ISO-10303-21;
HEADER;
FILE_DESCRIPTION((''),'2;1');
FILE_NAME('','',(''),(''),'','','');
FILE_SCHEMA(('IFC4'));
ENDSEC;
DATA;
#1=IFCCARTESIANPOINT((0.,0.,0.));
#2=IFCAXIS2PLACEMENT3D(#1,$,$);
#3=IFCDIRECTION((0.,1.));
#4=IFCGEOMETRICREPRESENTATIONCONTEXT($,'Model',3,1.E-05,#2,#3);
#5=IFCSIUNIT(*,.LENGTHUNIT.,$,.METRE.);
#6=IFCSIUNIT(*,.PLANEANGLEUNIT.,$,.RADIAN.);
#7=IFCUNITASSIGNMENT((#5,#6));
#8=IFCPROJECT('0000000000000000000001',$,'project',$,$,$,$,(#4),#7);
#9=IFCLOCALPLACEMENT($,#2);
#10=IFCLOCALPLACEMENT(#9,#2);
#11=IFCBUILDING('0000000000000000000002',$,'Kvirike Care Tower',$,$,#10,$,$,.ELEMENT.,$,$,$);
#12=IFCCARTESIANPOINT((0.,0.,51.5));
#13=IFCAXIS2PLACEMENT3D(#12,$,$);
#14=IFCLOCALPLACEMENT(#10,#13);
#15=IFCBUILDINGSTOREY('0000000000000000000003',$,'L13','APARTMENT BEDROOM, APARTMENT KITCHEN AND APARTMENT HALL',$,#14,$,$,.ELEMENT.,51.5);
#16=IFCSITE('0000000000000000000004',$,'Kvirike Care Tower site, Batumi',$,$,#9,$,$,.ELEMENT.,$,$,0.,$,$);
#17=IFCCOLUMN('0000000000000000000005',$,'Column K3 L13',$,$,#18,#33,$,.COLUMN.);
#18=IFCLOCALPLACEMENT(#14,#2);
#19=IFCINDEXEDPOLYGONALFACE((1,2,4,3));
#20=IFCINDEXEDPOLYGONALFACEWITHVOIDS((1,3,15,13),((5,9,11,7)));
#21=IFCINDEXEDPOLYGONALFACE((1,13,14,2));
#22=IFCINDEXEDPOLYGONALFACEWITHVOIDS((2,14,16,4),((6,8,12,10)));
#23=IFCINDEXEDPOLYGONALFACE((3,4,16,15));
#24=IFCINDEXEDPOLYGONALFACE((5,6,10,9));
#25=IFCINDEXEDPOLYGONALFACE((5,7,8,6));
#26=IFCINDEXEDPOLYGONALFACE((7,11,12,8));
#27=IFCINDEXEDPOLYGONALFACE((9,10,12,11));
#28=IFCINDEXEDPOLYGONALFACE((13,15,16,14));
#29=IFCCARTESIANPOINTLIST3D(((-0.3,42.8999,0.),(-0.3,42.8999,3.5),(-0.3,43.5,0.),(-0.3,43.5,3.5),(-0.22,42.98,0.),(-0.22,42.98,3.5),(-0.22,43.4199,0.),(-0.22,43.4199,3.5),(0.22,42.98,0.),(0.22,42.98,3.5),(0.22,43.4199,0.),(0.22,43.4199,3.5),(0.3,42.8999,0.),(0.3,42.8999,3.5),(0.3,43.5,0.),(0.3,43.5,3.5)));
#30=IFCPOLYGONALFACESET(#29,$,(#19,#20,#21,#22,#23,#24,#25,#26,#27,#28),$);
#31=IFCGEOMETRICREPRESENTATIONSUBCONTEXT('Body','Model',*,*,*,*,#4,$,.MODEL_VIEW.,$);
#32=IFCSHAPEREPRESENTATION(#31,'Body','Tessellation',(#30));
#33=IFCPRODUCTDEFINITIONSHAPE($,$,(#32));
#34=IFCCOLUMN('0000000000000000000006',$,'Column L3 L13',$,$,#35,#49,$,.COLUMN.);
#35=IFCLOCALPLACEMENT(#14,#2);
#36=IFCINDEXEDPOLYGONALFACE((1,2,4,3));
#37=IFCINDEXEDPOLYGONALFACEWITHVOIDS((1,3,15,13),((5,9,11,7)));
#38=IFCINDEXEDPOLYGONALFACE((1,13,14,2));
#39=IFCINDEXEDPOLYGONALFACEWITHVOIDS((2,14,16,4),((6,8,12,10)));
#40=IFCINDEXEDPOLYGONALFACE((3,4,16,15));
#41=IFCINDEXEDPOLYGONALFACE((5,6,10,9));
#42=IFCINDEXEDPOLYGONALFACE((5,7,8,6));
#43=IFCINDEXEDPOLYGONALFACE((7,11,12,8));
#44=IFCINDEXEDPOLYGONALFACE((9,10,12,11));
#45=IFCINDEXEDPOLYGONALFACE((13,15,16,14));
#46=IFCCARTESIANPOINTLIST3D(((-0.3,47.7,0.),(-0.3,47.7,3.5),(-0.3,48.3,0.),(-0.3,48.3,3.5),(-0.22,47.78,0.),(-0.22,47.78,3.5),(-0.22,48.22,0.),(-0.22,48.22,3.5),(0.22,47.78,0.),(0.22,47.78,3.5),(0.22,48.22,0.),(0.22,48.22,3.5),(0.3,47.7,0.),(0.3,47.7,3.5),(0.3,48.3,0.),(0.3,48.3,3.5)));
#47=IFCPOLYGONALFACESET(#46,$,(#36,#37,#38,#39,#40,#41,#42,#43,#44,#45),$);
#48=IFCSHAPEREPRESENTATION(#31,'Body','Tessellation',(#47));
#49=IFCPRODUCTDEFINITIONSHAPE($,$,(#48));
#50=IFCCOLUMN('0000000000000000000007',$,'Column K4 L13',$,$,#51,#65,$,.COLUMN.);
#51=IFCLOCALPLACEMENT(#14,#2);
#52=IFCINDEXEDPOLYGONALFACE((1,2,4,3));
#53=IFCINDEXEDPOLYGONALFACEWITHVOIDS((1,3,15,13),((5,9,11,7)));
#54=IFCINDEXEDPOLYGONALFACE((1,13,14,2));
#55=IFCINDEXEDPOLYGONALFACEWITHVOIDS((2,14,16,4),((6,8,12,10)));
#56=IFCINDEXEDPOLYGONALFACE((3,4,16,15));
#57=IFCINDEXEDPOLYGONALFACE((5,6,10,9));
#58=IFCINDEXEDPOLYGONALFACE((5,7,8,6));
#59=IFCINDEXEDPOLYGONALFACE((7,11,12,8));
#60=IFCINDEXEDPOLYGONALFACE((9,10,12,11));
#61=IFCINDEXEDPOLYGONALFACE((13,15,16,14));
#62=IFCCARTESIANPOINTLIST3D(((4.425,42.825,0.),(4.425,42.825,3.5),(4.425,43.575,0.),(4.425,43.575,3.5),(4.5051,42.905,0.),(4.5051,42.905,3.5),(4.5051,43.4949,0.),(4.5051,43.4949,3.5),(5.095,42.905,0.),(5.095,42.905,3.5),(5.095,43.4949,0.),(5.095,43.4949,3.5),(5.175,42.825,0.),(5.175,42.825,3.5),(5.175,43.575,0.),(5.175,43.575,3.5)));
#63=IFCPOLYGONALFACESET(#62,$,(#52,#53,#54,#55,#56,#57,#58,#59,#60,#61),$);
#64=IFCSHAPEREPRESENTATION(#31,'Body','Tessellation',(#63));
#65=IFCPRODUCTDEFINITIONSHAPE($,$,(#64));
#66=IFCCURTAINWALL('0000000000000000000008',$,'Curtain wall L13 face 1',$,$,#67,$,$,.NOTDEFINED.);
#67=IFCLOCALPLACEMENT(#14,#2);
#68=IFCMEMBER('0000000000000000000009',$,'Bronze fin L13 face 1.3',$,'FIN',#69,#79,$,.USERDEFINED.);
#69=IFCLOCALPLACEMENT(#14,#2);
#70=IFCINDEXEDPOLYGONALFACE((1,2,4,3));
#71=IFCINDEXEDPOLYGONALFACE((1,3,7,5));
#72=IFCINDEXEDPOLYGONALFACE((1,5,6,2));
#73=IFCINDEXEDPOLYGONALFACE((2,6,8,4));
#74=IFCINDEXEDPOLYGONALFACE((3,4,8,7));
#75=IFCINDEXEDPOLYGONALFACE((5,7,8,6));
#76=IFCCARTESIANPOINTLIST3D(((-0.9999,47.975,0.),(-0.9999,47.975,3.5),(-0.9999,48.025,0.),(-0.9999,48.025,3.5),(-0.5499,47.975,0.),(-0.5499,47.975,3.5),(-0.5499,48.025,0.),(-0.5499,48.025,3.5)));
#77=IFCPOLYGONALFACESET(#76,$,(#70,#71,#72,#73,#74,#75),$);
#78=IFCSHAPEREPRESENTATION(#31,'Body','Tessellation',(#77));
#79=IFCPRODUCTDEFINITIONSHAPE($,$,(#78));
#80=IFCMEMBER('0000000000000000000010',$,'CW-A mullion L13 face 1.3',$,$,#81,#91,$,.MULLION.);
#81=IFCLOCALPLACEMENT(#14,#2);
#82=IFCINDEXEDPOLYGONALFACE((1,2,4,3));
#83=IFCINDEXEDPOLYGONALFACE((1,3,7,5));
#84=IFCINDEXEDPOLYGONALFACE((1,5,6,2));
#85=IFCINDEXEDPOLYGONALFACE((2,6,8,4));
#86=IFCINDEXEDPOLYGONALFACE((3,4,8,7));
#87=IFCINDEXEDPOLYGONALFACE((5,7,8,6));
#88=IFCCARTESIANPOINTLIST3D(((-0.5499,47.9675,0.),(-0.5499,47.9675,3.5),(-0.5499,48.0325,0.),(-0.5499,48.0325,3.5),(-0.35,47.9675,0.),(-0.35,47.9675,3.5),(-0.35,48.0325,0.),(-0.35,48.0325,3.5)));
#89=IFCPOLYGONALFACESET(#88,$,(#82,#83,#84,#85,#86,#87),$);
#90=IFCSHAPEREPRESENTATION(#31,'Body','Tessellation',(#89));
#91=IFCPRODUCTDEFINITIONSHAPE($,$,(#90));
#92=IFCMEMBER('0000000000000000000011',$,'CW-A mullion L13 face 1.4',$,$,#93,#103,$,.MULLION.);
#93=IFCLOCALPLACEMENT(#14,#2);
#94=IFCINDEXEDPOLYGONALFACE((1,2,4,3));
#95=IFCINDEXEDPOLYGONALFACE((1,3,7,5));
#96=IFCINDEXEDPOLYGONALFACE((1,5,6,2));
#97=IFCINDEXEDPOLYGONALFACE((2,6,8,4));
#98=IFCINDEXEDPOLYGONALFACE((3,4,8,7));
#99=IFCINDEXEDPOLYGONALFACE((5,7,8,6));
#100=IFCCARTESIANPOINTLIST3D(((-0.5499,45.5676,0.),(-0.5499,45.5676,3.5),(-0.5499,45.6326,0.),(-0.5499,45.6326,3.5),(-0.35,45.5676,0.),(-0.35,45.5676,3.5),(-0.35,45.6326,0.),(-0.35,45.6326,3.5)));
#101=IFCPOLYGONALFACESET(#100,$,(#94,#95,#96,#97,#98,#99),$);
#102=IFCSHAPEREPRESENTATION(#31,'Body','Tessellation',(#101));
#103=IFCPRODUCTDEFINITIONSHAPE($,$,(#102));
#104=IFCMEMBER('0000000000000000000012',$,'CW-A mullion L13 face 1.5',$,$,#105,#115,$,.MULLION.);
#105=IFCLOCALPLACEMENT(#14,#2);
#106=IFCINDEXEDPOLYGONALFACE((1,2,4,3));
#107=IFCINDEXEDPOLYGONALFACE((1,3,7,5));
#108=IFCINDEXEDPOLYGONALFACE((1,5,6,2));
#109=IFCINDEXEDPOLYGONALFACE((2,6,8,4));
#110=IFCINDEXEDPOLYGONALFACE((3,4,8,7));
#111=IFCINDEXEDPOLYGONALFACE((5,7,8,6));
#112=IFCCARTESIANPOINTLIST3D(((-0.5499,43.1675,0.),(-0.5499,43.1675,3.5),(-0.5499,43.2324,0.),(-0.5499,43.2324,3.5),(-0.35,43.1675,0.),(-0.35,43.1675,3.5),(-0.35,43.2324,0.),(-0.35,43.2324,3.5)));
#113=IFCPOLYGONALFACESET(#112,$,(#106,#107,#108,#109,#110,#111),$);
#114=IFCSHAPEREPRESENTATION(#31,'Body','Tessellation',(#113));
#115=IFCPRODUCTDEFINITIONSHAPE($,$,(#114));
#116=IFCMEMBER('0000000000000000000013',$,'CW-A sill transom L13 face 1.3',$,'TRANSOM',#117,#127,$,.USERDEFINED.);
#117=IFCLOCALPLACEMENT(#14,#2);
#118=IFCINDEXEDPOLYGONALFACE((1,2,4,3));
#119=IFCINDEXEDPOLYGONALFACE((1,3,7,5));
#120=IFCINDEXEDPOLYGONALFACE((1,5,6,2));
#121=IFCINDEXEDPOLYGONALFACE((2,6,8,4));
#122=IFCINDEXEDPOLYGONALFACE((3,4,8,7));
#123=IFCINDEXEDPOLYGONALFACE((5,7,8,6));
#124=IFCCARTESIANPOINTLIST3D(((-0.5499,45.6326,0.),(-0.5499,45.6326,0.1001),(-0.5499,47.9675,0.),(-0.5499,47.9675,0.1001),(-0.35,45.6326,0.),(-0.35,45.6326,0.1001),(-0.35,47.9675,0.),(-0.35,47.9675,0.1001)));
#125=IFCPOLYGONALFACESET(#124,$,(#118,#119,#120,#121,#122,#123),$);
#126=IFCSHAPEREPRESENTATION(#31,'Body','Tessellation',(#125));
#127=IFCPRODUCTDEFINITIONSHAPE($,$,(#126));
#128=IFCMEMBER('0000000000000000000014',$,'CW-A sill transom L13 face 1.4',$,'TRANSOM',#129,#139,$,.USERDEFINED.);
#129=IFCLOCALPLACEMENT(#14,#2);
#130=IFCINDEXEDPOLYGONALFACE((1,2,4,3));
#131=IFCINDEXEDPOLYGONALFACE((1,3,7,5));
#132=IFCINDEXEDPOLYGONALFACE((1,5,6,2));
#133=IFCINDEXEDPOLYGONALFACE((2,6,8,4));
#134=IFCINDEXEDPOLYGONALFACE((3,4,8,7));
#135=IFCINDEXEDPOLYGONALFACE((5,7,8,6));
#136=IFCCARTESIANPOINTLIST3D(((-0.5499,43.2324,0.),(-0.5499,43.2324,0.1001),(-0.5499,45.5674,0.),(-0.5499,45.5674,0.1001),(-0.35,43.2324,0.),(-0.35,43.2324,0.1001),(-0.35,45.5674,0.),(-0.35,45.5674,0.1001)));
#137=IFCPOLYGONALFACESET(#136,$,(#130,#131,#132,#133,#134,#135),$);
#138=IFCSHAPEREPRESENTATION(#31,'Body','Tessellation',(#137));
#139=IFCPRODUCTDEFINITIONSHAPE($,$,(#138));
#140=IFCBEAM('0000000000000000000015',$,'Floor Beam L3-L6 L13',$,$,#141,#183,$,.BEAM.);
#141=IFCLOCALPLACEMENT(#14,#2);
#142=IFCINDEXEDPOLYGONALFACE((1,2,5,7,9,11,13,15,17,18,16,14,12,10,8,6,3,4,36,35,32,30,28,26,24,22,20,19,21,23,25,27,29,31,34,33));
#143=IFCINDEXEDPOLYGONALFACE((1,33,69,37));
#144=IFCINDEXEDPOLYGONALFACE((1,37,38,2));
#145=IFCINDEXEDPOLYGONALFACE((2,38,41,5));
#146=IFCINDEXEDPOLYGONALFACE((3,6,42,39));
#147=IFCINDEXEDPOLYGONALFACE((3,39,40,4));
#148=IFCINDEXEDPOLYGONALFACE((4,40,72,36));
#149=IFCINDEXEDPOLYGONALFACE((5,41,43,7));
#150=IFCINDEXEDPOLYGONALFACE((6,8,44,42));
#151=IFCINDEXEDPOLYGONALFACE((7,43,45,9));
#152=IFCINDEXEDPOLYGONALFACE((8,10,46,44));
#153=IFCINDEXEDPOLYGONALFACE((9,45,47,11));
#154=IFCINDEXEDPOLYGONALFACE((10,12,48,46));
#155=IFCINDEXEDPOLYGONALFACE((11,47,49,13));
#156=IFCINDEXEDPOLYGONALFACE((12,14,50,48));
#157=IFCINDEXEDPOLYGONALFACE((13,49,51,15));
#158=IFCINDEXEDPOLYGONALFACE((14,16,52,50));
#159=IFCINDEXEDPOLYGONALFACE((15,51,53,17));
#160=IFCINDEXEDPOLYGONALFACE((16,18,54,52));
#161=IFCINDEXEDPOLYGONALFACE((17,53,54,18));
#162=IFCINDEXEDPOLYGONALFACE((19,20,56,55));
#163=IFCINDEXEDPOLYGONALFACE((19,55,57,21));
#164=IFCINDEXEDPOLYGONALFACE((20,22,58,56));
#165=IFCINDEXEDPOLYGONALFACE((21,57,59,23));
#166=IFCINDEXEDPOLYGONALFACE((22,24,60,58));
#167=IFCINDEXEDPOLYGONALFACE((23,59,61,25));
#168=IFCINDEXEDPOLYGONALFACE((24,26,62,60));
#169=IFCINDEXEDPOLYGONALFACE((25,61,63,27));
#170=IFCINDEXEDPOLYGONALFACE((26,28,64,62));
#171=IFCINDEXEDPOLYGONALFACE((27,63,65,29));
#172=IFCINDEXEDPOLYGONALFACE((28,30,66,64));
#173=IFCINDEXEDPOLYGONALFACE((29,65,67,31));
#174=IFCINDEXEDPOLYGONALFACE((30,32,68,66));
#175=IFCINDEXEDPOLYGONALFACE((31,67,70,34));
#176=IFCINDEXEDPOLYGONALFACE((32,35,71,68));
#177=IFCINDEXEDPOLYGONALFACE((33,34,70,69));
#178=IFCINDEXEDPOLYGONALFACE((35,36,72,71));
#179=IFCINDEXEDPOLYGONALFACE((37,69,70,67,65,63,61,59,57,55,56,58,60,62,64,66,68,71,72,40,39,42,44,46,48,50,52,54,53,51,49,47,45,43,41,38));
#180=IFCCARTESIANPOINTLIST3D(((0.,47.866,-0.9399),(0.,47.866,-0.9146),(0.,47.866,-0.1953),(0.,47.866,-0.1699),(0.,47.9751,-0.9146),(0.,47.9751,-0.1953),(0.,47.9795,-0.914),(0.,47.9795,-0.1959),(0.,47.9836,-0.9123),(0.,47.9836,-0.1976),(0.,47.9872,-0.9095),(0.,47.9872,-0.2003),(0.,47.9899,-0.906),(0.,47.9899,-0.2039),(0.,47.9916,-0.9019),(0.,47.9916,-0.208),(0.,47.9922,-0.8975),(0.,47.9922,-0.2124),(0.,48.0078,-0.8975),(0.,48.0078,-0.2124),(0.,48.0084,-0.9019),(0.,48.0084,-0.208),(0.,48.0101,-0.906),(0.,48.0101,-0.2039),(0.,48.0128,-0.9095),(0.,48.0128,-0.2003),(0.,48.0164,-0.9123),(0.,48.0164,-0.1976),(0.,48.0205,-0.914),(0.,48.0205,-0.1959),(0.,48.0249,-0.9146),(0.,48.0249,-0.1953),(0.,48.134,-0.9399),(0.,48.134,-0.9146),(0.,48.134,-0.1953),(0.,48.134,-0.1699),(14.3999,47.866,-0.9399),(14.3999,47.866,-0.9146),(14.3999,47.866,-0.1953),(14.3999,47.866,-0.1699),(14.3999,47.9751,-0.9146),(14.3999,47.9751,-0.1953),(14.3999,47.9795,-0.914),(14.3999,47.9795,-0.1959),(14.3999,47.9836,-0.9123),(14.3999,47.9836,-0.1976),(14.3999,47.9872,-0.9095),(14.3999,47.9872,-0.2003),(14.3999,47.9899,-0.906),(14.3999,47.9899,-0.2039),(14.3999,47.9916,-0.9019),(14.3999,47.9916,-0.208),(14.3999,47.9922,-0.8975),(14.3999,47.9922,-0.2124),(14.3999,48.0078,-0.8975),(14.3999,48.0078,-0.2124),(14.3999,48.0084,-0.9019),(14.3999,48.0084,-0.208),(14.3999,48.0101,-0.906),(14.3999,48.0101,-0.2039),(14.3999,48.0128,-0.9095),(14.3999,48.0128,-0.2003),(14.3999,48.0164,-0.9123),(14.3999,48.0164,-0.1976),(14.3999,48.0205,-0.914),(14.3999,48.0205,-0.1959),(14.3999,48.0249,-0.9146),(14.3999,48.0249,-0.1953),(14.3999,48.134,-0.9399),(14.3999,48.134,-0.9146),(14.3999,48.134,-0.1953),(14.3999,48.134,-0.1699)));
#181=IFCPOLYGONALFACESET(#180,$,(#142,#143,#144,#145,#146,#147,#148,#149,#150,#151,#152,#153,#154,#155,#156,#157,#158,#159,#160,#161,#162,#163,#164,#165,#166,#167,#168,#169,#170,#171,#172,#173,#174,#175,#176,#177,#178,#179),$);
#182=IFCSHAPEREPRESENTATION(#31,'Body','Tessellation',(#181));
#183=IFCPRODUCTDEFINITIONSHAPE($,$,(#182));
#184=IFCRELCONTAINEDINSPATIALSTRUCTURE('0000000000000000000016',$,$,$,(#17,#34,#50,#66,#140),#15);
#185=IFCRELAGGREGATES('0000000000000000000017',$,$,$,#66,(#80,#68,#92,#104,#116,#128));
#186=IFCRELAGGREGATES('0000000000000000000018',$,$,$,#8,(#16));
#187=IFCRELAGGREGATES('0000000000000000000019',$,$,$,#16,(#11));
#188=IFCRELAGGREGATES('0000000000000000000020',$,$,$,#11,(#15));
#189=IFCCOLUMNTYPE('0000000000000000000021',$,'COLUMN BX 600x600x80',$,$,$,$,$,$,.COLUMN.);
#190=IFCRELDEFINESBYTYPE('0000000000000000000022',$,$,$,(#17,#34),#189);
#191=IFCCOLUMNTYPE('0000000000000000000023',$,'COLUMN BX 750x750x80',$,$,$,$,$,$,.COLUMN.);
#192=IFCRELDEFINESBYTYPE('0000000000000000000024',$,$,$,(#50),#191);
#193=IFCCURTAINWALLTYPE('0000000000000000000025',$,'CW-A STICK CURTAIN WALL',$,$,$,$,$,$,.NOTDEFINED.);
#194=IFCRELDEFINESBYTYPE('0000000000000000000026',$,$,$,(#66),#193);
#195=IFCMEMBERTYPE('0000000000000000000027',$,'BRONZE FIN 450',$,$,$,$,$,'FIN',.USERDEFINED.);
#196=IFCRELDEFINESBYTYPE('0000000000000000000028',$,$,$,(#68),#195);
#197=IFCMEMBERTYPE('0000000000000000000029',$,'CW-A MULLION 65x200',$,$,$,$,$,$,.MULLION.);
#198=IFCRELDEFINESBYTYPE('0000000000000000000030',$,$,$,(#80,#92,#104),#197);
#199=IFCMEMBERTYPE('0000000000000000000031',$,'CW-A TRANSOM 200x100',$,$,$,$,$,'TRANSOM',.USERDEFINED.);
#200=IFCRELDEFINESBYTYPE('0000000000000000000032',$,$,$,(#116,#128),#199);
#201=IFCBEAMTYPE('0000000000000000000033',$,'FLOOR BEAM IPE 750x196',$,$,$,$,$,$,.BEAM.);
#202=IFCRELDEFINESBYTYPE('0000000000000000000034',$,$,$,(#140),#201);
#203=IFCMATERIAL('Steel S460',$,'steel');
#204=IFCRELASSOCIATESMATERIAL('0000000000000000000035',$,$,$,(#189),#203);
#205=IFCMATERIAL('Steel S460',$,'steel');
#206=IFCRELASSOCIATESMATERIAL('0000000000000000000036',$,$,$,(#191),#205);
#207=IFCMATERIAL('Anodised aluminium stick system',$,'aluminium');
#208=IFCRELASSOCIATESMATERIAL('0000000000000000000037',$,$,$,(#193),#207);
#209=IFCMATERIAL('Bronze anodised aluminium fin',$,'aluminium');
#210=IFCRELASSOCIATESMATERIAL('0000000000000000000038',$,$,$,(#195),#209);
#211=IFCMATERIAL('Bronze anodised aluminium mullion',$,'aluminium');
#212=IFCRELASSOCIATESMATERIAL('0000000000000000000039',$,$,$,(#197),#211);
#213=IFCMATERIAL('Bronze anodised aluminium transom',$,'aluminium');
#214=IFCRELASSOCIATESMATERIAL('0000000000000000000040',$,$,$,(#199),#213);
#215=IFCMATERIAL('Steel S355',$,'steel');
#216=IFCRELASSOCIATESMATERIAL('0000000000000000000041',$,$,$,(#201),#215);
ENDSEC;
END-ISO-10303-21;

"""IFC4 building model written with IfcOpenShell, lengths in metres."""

from ifc_helpers import new_model, si_unit, direction, frame, origin, origin_2d, place, context, subcontext, project, spatial, rectangle, hollow_rectangle, i_section, extrude, material, material_profile, profile_set, type_object, element, aggregate, save


model = new_model("IFC4")

# Units and contexts
model_context = context("Model", 3, precision=1e-05, world=origin(), true_north=direction((0.0, 1.0)))
body_context = subcontext(model_context, "Body", "Model", "MODEL_VIEW")
ifc_project = project(units=[si_unit("LENGTHUNIT", "METRE"), si_unit("PLANEANGLEUNIT", "RADIAN")], contexts=[model_context])

# Site, building, storey
site_placement = place(None, origin())
site = spatial("IfcSite", under=ifc_project, at=site_placement, Name="Kvirike Care Tower site, Batumi", CompositionType="ELEMENT", RefElevation=0.0)
building_placement = place(site_placement, origin())
building = spatial("IfcBuilding", under=site, at=building_placement, Name="Kvirike Care Tower", CompositionType="ELEMENT")
storey_placement = place(building_placement, frame((0.0, 0.0, 51.5)))
storey = spatial("IfcBuildingStorey", under=building, at=storey_placement, Name="L13", Description="APARTMENT BEDROOM, APARTMENT KITCHEN AND APARTMENT HALL", CompositionType="ELEMENT", Elevation=51.5)

# Columns
ifc_material_1 = material(Name="Steel S460", Category="steel")
ifc_material_profile_1 = material_profile(ifc_material_1, hollow_rectangle(XDim=0.6001, YDim=0.6001, WallThickness=0.0801, at=origin_2d()), Name="BX 600x600x80")
ifc_profile_set_1 = profile_set([ifc_material_profile_1], Name="Steel S460")
column_type_1 = type_object("IfcColumnType", Name="COLUMN BX 600x600x80", PredefinedType="COLUMN", material=ifc_profile_set_1)
for number, where, z_axis, x_axis, name in (
    (1, (0.0, 43.2, 0.0), (0.0, 0.0, 1.0), (0.0, 1.0, 0.0), "Column K3 L13"),
    (2, (0.0, 48.0, 0.0), (0.0, 0.0, 1.0), (1.0, 0.0, 0.0), "Column L3 L13"),
):
    element("IfcColumn", number, at=place(storey_placement, frame(where, z_axis=z_axis, x_axis=x_axis)), inside=storey, type_object=column_type_1, Name=name, PredefinedType="COLUMN", context=body_context, shape_type="SweptSolid", body=[
        extrude(hollow_rectangle(XDim=0.6001, YDim=0.6001, WallThickness=0.0801, at=origin_2d()), origin(), (0.0, 0.0, 1.0), 3.5),
    ])
ifc_material_2 = material(Name="Steel S460", Category="steel")
ifc_material_profile_2 = material_profile(ifc_material_2, hollow_rectangle(XDim=0.75, YDim=0.75, WallThickness=0.0801, at=origin_2d()), Name="BX 750x750x80")
ifc_profile_set_2 = profile_set([ifc_material_profile_2], Name="Steel S460")
column_type_2 = type_object("IfcColumnType", Name="COLUMN BX 750x750x80", PredefinedType="COLUMN", material=ifc_profile_set_2)
column_placement = place(storey_placement, frame((4.8, 43.2, 0.0), z_axis=(0.0, 0.0, 1.0), x_axis=(0.0, 1.0, 0.0)))
element("IfcColumn", 3, at=column_placement, inside=storey, type_object=column_type_2, Name="Column K4 L13", PredefinedType="COLUMN", context=body_context, shape_type="SweptSolid", body=[
    extrude(hollow_rectangle(XDim=0.75, YDim=0.75, WallThickness=0.0801, at=origin_2d()), origin(), (0.0, 0.0, 1.0), 3.5),
])

# Curtain wall, members
ifc_material_3 = material(Name="Anodised aluminium stick system", Category="aluminium")
curtain_wall_type = type_object("IfcCurtainWallType", Name="CW-A STICK CURTAIN WALL", PredefinedType="NOTDEFINED", material=ifc_material_3)
curtain_wall_placement = place(storey_placement, origin())
curtain_wall = element("IfcCurtainWall", 4, at=curtain_wall_placement, inside=storey, type_object=curtain_wall_type, Name="Curtain wall L13 face 1", PredefinedType="NOTDEFINED")
ifc_material_4 = material(Name="Bronze anodised aluminium fin", Category="aluminium")
ifc_material_profile_3 = material_profile(ifc_material_4, rectangle(XDim=0.05, YDim=0.45, at=origin_2d()), Name="BRONZE FIN 450")
ifc_profile_set_3 = profile_set([ifc_material_profile_3], Name="Bronze anodised aluminium fin")
member_type_1 = type_object("IfcMemberType", Name="BRONZE FIN 450", ElementType="FIN", PredefinedType="USERDEFINED", material=ifc_profile_set_3)
member_1_placement = place(storey_placement, frame((-0.7749, 48.0, 0.0), z_axis=(0.0, 0.0, 1.0), x_axis=(0.0, -1.0, 0.0)))
member_1 = element("IfcMember", 5, at=member_1_placement, type_object=member_type_1, Name="Bronze fin L13 face 1.3", ObjectType="FIN", PredefinedType="USERDEFINED", context=body_context, shape_type="SweptSolid", body=[
    extrude(rectangle(XDim=0.05, YDim=0.45, at=origin_2d()), origin(), (0.0, 0.0, 1.0), 3.5),
])
ifc_material_5 = material(Name="Bronze anodised aluminium mullion", Category="aluminium")
ifc_material_profile_4 = material_profile(ifc_material_5, rectangle(XDim=0.0649, YDim=0.2, at=origin_2d()), Name="CW-A MULLION 65x200")
ifc_profile_set_4 = profile_set([ifc_material_profile_4], Name="Bronze anodised aluminium mullion")
member_type_2 = type_object("IfcMemberType", Name="CW-A MULLION 65x200", PredefinedType="MULLION", material=ifc_profile_set_4)
member_2_placement = place(storey_placement, frame((-0.45, 48.0, 0.0), z_axis=(0.0, 0.0, 1.0), x_axis=(0.0, -1.0, 0.0)))
member_2 = element("IfcMember", 6, at=member_2_placement, type_object=member_type_2, Name="CW-A mullion L13 face 1.3", PredefinedType="MULLION", context=body_context, shape_type="SweptSolid", body=[
    extrude(rectangle(XDim=0.0649, YDim=0.2, at=origin_2d()), origin(), (0.0, 0.0, 1.0), 3.5),
])
member_3_placement = place(storey_placement, frame((-0.45, 45.6001, 0.0), z_axis=(0.0, 0.0, 1.0), x_axis=(0.0, -1.0, 0.0)))
member_3 = element("IfcMember", 7, at=member_3_placement, type_object=member_type_2, Name="CW-A mullion L13 face 1.4", PredefinedType="MULLION", context=body_context, shape_type="SweptSolid", body=[
    extrude(rectangle(XDim=0.0649, YDim=0.2, at=origin_2d()), origin(), (0.0, 0.0, 1.0), 3.5),
])
member_4_placement = place(storey_placement, frame((-0.45, 43.2, 0.0), z_axis=(0.0, 0.0, 1.0), x_axis=(0.0, -1.0, 0.0)))
member_4 = element("IfcMember", 8, at=member_4_placement, type_object=member_type_2, Name="CW-A mullion L13 face 1.5", PredefinedType="MULLION", context=body_context, shape_type="SweptSolid", body=[
    extrude(rectangle(XDim=0.0649, YDim=0.2, at=origin_2d()), origin(), (0.0, 0.0, 1.0), 3.5),
])
ifc_material_6 = material(Name="Bronze anodised aluminium transom", Category="aluminium")
ifc_material_profile_5 = material_profile(ifc_material_6, rectangle(XDim=0.2, YDim=0.1001, at=origin_2d()), Name="CW-A TRANSOM 200x100")
ifc_profile_set_5 = profile_set([ifc_material_profile_5], Name="Bronze anodised aluminium transom")
member_type_3 = type_object("IfcMemberType", Name="CW-A TRANSOM 200x100", ElementType="TRANSOM", PredefinedType="USERDEFINED", material=ifc_profile_set_5)
member_5_placement = place(storey_placement, frame((-0.45, 47.9675, 0.05), z_axis=(0.0, -1.0, 0.0), x_axis=(1.0, 0.0, 0.0)))
member_5 = element("IfcMember", 9, at=member_5_placement, type_object=member_type_3, Name="CW-A sill transom L13 face 1.3", ObjectType="TRANSOM", PredefinedType="USERDEFINED", context=body_context, shape_type="SweptSolid", body=[
    extrude(rectangle(XDim=0.2, YDim=0.1001, at=origin_2d()), origin(), (0.0, 0.0, 1.0), 2.335),
])
member_6_placement = place(storey_placement, frame((-0.45, 45.5674, 0.05), z_axis=(0.0, -1.0, 0.0), x_axis=(1.0, 0.0, 0.0)))
member_6 = element("IfcMember", 10, at=member_6_placement, type_object=member_type_3, Name="CW-A sill transom L13 face 1.4", ObjectType="TRANSOM", PredefinedType="USERDEFINED", context=body_context, shape_type="SweptSolid", body=[
    extrude(rectangle(XDim=0.2, YDim=0.1001, at=origin_2d()), origin(), (0.0, 0.0, 1.0), 2.335),
])

# Beam
ifc_material_7 = material(Name="Steel S355", Category="steel")
ifc_material_profile_6 = material_profile(ifc_material_7, i_section(OverallWidth=0.2681, OverallDepth=0.77, WebThickness=0.0156, FlangeThickness=0.0254, FilletRadius=0.0171, at=origin_2d()), Name="IPE 750x196")
ifc_profile_set_6 = profile_set([ifc_material_profile_6], Name="Steel S355")
beam_type_1 = type_object("IfcBeamType", Name="FLOOR BEAM IPE 750x196", PredefinedType="BEAM", material=ifc_profile_set_6)
beam_placement = place(storey_placement, frame((0.0, 48.0, -0.5549), z_axis=(1.0, 0.0, 0.0), x_axis=(0.0, 1.0, 0.0)))
element("IfcBeam", 11, at=beam_placement, inside=storey, type_object=beam_type_1, Name="Floor Beam L3-L6 L13", PredefinedType="BEAM", context=body_context, shape_type="SweptSolid", body=[
    extrude(i_section(OverallWidth=0.2681, OverallDepth=0.77, WebThickness=0.0156, FlangeThickness=0.0254, FilletRadius=0.0171, at=origin_2d()), origin(), (0.0, 0.0, 1.0), 14.3999),
])

aggregate(curtain_wall, [member_2, member_1, member_3, member_4, member_5, member_6])

save(model, "model.ifc")
